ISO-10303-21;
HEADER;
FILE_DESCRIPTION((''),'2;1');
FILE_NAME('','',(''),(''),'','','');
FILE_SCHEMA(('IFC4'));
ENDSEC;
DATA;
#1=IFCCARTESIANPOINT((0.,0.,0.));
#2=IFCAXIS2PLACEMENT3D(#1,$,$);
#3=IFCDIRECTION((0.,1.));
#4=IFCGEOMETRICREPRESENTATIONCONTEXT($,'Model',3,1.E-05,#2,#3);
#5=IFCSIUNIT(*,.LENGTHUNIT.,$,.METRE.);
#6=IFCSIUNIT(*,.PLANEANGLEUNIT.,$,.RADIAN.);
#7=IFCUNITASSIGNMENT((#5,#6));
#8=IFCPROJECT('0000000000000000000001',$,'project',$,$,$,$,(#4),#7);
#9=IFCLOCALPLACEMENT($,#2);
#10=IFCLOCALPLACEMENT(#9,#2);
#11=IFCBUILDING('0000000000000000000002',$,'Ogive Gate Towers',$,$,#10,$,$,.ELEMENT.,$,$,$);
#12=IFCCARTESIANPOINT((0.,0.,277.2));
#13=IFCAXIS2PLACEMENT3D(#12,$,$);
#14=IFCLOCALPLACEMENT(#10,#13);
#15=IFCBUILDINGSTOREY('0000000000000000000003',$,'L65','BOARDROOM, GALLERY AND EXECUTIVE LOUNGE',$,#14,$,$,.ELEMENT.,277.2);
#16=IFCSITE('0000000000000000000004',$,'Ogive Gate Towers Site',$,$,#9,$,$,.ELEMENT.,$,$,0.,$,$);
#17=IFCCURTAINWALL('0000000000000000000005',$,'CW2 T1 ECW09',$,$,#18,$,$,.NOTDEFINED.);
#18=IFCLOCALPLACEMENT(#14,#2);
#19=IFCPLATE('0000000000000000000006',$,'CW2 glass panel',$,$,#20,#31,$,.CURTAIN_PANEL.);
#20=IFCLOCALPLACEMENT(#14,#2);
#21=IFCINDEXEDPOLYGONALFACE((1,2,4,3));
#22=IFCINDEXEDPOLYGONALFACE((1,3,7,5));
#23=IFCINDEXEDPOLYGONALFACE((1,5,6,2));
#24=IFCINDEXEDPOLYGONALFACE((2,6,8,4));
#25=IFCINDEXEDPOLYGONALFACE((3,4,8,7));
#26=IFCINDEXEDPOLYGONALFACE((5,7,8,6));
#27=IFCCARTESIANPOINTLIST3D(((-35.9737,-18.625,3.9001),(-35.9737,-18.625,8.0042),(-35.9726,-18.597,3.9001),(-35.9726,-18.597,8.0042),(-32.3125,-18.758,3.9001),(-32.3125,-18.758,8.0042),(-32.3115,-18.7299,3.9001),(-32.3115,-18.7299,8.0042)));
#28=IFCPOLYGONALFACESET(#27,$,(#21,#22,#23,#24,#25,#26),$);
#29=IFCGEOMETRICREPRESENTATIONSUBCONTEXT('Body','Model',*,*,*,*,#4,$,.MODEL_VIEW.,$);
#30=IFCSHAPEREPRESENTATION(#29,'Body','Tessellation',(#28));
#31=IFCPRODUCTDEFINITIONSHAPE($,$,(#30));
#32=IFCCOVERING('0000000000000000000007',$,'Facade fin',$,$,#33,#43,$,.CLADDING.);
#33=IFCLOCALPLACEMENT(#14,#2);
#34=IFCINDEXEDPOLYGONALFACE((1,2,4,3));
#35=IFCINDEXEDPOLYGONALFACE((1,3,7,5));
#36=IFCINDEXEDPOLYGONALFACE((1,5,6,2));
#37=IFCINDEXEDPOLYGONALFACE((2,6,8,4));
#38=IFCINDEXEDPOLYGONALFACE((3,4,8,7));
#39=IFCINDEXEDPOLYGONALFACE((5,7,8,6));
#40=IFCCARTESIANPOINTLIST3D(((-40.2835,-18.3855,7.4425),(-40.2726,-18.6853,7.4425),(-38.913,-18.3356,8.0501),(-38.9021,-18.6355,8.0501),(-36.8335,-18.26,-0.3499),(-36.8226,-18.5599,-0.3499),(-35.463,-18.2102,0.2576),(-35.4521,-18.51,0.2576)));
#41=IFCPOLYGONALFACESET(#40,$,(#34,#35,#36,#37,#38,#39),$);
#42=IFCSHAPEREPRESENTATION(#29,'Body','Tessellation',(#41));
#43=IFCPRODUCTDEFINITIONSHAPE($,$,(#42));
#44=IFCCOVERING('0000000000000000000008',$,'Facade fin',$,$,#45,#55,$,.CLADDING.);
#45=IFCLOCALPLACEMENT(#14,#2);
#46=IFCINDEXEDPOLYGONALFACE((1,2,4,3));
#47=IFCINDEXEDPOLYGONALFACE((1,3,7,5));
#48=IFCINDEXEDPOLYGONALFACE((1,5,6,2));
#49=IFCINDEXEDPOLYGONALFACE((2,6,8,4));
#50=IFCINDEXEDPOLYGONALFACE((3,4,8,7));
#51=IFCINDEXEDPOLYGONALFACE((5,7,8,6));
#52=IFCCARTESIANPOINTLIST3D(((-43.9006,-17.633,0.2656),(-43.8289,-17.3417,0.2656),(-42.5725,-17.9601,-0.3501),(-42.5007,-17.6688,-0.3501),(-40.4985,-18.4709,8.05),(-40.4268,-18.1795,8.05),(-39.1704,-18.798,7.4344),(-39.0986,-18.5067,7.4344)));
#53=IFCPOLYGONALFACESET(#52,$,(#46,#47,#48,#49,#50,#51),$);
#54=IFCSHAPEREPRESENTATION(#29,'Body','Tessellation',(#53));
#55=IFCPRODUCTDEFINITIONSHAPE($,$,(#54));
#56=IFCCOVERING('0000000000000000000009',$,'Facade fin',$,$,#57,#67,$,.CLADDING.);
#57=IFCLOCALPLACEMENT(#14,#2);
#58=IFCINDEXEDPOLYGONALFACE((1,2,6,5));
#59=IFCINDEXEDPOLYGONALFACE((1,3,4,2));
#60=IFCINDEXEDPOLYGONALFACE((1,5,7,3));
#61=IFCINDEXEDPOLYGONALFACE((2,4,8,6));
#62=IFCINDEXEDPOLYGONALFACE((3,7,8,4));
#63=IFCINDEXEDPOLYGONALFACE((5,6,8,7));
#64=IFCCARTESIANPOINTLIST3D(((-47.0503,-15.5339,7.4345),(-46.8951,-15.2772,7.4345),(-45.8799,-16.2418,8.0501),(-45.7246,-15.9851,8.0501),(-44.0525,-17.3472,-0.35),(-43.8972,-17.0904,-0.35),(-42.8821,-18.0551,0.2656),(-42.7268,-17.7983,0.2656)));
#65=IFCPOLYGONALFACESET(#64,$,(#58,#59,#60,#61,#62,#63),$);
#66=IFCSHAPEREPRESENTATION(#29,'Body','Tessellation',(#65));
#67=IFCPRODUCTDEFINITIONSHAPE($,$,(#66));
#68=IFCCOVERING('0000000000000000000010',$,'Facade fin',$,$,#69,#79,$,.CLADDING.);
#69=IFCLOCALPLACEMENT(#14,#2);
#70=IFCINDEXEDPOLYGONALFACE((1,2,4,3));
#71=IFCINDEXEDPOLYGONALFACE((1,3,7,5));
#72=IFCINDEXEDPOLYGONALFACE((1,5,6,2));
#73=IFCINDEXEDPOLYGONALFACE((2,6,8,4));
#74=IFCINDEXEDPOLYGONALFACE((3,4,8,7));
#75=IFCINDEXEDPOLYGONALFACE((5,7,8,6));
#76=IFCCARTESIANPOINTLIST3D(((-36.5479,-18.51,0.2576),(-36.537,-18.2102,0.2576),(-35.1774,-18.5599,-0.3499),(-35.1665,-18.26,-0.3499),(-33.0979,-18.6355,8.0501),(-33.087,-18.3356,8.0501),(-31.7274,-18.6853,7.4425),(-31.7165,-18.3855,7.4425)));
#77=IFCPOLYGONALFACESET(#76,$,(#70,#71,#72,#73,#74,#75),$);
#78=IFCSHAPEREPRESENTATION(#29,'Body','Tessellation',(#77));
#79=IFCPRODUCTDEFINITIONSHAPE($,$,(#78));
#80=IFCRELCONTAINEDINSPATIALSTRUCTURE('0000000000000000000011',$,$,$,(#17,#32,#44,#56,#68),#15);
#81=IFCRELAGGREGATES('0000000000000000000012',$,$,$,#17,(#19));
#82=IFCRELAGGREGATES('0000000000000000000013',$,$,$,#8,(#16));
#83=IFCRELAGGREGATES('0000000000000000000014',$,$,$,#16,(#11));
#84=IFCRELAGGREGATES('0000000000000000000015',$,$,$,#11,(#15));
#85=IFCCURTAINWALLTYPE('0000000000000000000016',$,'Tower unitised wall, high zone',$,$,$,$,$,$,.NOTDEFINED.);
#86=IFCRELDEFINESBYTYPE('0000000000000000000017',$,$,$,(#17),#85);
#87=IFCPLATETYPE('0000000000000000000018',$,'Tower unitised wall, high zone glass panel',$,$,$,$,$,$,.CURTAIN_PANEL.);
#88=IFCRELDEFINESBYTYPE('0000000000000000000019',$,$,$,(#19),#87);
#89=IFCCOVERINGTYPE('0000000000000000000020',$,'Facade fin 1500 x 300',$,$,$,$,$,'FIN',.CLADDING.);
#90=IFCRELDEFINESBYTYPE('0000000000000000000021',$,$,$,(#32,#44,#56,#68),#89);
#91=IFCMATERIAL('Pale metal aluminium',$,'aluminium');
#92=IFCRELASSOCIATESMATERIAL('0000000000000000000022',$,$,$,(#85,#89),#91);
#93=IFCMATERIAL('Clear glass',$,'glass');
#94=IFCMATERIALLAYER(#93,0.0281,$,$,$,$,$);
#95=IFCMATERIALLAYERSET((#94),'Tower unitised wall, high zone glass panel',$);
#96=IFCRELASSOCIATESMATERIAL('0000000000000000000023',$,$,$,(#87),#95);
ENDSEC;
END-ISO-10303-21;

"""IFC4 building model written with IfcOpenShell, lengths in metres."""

from ifc_helpers import new_model, si_unit, direction, frame, origin, origin_2d, place, context, subcontext, project, spatial, rectangle, extrude, material, layer, layer_set, material_profile, profile_set, type_object, element, aggregate, save


model = new_model("IFC4")

# Units and contexts
model_context = context("Model", 3, precision=1e-05, world=origin(), true_north=direction((0.0, 1.0)))
body_context = subcontext(model_context, "Body", "Model", "MODEL_VIEW")
ifc_project = project(units=[si_unit("LENGTHUNIT", "METRE"), si_unit("PLANEANGLEUNIT", "RADIAN")], contexts=[model_context])

# Site, building, storey
site_placement = place(None, origin())
site = spatial("IfcSite", under=ifc_project, at=site_placement, Name="Ogive Gate Towers Site", CompositionType="ELEMENT", RefElevation=0.0)
building_placement = place(site_placement, origin())
building = spatial("IfcBuilding", under=site, at=building_placement, Name="Ogive Gate Towers", CompositionType="ELEMENT")
storey_placement = place(building_placement, frame((0.0, 0.0, 277.2)))
storey = spatial("IfcBuildingStorey", under=building, at=storey_placement, Name="L65", Description="BOARDROOM, GALLERY AND EXECUTIVE LOUNGE", CompositionType="ELEMENT", Elevation=277.2)

# Shared definitions
ifc_material_1 = material(Name="Pale metal aluminium", Category="aluminium")
curtain_wall_type = type_object("IfcCurtainWallType", Name="Tower unitised wall, high zone", PredefinedType="NOTDEFINED", material=ifc_material_1)
ifc_material_2 = material(Name="Clear glass", Category="glass")
ifc_layer = layer(ifc_material_2, 0.0281)
ifc_layer_set = layer_set([ifc_layer], Name="Tower unitised wall, high zone glass panel")
plate_type = type_object("IfcPlateType", Name="Tower unitised wall, high zone glass panel", PredefinedType="CURTAIN_PANEL", material=ifc_layer_set)

# Curtain wall, plate
curtain_wall_1_placement = place(storey_placement, origin())
curtain_wall_1 = element("IfcCurtainWall", 1, at=curtain_wall_1_placement, inside=storey, type_object=curtain_wall_type, Name="CW2 T1 ECW09", PredefinedType="NOTDEFINED")
plate_1_placement = place(storey_placement, frame((-34.1426, -18.6775, 3.9001), z_axis=(0.0, 0.0, 1.0), x_axis=(-0.999341, 0.036295, 0.0)))
plate_1 = element("IfcPlate", 2, at=plate_1_placement, type_object=plate_type, Name="CW2 glass panel", PredefinedType="CURTAIN_PANEL", context=body_context, shape_type="SweptSolid", body=[
    extrude(rectangle(XDim=3.6636, YDim=0.0281, at=origin_2d()), origin(), (0.0, 0.0, 1.0), 4.104),
])
aggregate(curtain_wall_1, [plate_1])

# Coverings
ifc_material_profile_1 = material_profile(ifc_material_1, rectangle(XDim=0.3, YDim=1.5, at=origin_2d()), Name="1500 x 300 pale metal aluminium")
ifc_profile_set_1 = profile_set([ifc_material_profile_1], Name="Pale metal aluminium")
covering_type = type_object("IfcCoveringType", Name="Facade fin 1500 x 300", ElementType="FIN", PredefinedType="CLADDING", material=ifc_profile_set_1)
covering_1_placement = place(storey_placement, frame((-36.1428, -18.385, -0.0461), z_axis=(-0.404784, -0.014724, 0.914294), x_axis=(0.03635, -0.999339, 0.0)))
element("IfcCovering", 3, at=covering_1_placement, inside=storey, type_object=covering_type, Name="Facade fin", PredefinedType="CLADDING", context=body_context, shape_type="SweptSolid", body=[
    extrude(rectangle(XDim=0.3, YDim=1.5, at=origin_2d()), origin(), (0.0, 0.0, 1.0), 8.5229),
])
for number, where, z_axis, x_axis, name in (
    (4, (-43.2007, -17.6509, -0.0422), (0.398531, -0.098153, 0.911888), (0.23914, 0.970985, 0.0), "Facade fin"),
    (5, (-43.3896, -17.5728, -0.0422), (-0.351175, 0.212409, 0.911898), (-0.517546, -0.855655, 0.0), "Facade fin"),
):
    element("IfcCovering", number, at=place(storey_placement, frame(where, z_axis=z_axis, x_axis=x_axis)), inside=storey, type_object=covering_type, Name=name, PredefinedType="CLADDING", context=body_context, shape_type="SweptSolid", body=[
        extrude(rectangle(XDim=0.3, YDim=1.5, at=origin_2d()), origin(), (0.0, 0.0, 1.0), 8.5366),
    ])
covering_2_placement = place(storey_placement, frame((-35.8572, -18.385, -0.0461), z_axis=(0.404784, -0.014724, 0.914294), x_axis=(0.03635, 0.999339, 0.0)))
element("IfcCovering", 6, at=covering_2_placement, inside=storey, type_object=covering_type, Name="Facade fin", PredefinedType="CLADDING", context=body_context, shape_type="SweptSolid", body=[
    extrude(rectangle(XDim=0.3, YDim=1.5, at=origin_2d()), origin(), (0.0, 0.0, 1.0), 8.5229),
])

save(model, "model.ifc")
